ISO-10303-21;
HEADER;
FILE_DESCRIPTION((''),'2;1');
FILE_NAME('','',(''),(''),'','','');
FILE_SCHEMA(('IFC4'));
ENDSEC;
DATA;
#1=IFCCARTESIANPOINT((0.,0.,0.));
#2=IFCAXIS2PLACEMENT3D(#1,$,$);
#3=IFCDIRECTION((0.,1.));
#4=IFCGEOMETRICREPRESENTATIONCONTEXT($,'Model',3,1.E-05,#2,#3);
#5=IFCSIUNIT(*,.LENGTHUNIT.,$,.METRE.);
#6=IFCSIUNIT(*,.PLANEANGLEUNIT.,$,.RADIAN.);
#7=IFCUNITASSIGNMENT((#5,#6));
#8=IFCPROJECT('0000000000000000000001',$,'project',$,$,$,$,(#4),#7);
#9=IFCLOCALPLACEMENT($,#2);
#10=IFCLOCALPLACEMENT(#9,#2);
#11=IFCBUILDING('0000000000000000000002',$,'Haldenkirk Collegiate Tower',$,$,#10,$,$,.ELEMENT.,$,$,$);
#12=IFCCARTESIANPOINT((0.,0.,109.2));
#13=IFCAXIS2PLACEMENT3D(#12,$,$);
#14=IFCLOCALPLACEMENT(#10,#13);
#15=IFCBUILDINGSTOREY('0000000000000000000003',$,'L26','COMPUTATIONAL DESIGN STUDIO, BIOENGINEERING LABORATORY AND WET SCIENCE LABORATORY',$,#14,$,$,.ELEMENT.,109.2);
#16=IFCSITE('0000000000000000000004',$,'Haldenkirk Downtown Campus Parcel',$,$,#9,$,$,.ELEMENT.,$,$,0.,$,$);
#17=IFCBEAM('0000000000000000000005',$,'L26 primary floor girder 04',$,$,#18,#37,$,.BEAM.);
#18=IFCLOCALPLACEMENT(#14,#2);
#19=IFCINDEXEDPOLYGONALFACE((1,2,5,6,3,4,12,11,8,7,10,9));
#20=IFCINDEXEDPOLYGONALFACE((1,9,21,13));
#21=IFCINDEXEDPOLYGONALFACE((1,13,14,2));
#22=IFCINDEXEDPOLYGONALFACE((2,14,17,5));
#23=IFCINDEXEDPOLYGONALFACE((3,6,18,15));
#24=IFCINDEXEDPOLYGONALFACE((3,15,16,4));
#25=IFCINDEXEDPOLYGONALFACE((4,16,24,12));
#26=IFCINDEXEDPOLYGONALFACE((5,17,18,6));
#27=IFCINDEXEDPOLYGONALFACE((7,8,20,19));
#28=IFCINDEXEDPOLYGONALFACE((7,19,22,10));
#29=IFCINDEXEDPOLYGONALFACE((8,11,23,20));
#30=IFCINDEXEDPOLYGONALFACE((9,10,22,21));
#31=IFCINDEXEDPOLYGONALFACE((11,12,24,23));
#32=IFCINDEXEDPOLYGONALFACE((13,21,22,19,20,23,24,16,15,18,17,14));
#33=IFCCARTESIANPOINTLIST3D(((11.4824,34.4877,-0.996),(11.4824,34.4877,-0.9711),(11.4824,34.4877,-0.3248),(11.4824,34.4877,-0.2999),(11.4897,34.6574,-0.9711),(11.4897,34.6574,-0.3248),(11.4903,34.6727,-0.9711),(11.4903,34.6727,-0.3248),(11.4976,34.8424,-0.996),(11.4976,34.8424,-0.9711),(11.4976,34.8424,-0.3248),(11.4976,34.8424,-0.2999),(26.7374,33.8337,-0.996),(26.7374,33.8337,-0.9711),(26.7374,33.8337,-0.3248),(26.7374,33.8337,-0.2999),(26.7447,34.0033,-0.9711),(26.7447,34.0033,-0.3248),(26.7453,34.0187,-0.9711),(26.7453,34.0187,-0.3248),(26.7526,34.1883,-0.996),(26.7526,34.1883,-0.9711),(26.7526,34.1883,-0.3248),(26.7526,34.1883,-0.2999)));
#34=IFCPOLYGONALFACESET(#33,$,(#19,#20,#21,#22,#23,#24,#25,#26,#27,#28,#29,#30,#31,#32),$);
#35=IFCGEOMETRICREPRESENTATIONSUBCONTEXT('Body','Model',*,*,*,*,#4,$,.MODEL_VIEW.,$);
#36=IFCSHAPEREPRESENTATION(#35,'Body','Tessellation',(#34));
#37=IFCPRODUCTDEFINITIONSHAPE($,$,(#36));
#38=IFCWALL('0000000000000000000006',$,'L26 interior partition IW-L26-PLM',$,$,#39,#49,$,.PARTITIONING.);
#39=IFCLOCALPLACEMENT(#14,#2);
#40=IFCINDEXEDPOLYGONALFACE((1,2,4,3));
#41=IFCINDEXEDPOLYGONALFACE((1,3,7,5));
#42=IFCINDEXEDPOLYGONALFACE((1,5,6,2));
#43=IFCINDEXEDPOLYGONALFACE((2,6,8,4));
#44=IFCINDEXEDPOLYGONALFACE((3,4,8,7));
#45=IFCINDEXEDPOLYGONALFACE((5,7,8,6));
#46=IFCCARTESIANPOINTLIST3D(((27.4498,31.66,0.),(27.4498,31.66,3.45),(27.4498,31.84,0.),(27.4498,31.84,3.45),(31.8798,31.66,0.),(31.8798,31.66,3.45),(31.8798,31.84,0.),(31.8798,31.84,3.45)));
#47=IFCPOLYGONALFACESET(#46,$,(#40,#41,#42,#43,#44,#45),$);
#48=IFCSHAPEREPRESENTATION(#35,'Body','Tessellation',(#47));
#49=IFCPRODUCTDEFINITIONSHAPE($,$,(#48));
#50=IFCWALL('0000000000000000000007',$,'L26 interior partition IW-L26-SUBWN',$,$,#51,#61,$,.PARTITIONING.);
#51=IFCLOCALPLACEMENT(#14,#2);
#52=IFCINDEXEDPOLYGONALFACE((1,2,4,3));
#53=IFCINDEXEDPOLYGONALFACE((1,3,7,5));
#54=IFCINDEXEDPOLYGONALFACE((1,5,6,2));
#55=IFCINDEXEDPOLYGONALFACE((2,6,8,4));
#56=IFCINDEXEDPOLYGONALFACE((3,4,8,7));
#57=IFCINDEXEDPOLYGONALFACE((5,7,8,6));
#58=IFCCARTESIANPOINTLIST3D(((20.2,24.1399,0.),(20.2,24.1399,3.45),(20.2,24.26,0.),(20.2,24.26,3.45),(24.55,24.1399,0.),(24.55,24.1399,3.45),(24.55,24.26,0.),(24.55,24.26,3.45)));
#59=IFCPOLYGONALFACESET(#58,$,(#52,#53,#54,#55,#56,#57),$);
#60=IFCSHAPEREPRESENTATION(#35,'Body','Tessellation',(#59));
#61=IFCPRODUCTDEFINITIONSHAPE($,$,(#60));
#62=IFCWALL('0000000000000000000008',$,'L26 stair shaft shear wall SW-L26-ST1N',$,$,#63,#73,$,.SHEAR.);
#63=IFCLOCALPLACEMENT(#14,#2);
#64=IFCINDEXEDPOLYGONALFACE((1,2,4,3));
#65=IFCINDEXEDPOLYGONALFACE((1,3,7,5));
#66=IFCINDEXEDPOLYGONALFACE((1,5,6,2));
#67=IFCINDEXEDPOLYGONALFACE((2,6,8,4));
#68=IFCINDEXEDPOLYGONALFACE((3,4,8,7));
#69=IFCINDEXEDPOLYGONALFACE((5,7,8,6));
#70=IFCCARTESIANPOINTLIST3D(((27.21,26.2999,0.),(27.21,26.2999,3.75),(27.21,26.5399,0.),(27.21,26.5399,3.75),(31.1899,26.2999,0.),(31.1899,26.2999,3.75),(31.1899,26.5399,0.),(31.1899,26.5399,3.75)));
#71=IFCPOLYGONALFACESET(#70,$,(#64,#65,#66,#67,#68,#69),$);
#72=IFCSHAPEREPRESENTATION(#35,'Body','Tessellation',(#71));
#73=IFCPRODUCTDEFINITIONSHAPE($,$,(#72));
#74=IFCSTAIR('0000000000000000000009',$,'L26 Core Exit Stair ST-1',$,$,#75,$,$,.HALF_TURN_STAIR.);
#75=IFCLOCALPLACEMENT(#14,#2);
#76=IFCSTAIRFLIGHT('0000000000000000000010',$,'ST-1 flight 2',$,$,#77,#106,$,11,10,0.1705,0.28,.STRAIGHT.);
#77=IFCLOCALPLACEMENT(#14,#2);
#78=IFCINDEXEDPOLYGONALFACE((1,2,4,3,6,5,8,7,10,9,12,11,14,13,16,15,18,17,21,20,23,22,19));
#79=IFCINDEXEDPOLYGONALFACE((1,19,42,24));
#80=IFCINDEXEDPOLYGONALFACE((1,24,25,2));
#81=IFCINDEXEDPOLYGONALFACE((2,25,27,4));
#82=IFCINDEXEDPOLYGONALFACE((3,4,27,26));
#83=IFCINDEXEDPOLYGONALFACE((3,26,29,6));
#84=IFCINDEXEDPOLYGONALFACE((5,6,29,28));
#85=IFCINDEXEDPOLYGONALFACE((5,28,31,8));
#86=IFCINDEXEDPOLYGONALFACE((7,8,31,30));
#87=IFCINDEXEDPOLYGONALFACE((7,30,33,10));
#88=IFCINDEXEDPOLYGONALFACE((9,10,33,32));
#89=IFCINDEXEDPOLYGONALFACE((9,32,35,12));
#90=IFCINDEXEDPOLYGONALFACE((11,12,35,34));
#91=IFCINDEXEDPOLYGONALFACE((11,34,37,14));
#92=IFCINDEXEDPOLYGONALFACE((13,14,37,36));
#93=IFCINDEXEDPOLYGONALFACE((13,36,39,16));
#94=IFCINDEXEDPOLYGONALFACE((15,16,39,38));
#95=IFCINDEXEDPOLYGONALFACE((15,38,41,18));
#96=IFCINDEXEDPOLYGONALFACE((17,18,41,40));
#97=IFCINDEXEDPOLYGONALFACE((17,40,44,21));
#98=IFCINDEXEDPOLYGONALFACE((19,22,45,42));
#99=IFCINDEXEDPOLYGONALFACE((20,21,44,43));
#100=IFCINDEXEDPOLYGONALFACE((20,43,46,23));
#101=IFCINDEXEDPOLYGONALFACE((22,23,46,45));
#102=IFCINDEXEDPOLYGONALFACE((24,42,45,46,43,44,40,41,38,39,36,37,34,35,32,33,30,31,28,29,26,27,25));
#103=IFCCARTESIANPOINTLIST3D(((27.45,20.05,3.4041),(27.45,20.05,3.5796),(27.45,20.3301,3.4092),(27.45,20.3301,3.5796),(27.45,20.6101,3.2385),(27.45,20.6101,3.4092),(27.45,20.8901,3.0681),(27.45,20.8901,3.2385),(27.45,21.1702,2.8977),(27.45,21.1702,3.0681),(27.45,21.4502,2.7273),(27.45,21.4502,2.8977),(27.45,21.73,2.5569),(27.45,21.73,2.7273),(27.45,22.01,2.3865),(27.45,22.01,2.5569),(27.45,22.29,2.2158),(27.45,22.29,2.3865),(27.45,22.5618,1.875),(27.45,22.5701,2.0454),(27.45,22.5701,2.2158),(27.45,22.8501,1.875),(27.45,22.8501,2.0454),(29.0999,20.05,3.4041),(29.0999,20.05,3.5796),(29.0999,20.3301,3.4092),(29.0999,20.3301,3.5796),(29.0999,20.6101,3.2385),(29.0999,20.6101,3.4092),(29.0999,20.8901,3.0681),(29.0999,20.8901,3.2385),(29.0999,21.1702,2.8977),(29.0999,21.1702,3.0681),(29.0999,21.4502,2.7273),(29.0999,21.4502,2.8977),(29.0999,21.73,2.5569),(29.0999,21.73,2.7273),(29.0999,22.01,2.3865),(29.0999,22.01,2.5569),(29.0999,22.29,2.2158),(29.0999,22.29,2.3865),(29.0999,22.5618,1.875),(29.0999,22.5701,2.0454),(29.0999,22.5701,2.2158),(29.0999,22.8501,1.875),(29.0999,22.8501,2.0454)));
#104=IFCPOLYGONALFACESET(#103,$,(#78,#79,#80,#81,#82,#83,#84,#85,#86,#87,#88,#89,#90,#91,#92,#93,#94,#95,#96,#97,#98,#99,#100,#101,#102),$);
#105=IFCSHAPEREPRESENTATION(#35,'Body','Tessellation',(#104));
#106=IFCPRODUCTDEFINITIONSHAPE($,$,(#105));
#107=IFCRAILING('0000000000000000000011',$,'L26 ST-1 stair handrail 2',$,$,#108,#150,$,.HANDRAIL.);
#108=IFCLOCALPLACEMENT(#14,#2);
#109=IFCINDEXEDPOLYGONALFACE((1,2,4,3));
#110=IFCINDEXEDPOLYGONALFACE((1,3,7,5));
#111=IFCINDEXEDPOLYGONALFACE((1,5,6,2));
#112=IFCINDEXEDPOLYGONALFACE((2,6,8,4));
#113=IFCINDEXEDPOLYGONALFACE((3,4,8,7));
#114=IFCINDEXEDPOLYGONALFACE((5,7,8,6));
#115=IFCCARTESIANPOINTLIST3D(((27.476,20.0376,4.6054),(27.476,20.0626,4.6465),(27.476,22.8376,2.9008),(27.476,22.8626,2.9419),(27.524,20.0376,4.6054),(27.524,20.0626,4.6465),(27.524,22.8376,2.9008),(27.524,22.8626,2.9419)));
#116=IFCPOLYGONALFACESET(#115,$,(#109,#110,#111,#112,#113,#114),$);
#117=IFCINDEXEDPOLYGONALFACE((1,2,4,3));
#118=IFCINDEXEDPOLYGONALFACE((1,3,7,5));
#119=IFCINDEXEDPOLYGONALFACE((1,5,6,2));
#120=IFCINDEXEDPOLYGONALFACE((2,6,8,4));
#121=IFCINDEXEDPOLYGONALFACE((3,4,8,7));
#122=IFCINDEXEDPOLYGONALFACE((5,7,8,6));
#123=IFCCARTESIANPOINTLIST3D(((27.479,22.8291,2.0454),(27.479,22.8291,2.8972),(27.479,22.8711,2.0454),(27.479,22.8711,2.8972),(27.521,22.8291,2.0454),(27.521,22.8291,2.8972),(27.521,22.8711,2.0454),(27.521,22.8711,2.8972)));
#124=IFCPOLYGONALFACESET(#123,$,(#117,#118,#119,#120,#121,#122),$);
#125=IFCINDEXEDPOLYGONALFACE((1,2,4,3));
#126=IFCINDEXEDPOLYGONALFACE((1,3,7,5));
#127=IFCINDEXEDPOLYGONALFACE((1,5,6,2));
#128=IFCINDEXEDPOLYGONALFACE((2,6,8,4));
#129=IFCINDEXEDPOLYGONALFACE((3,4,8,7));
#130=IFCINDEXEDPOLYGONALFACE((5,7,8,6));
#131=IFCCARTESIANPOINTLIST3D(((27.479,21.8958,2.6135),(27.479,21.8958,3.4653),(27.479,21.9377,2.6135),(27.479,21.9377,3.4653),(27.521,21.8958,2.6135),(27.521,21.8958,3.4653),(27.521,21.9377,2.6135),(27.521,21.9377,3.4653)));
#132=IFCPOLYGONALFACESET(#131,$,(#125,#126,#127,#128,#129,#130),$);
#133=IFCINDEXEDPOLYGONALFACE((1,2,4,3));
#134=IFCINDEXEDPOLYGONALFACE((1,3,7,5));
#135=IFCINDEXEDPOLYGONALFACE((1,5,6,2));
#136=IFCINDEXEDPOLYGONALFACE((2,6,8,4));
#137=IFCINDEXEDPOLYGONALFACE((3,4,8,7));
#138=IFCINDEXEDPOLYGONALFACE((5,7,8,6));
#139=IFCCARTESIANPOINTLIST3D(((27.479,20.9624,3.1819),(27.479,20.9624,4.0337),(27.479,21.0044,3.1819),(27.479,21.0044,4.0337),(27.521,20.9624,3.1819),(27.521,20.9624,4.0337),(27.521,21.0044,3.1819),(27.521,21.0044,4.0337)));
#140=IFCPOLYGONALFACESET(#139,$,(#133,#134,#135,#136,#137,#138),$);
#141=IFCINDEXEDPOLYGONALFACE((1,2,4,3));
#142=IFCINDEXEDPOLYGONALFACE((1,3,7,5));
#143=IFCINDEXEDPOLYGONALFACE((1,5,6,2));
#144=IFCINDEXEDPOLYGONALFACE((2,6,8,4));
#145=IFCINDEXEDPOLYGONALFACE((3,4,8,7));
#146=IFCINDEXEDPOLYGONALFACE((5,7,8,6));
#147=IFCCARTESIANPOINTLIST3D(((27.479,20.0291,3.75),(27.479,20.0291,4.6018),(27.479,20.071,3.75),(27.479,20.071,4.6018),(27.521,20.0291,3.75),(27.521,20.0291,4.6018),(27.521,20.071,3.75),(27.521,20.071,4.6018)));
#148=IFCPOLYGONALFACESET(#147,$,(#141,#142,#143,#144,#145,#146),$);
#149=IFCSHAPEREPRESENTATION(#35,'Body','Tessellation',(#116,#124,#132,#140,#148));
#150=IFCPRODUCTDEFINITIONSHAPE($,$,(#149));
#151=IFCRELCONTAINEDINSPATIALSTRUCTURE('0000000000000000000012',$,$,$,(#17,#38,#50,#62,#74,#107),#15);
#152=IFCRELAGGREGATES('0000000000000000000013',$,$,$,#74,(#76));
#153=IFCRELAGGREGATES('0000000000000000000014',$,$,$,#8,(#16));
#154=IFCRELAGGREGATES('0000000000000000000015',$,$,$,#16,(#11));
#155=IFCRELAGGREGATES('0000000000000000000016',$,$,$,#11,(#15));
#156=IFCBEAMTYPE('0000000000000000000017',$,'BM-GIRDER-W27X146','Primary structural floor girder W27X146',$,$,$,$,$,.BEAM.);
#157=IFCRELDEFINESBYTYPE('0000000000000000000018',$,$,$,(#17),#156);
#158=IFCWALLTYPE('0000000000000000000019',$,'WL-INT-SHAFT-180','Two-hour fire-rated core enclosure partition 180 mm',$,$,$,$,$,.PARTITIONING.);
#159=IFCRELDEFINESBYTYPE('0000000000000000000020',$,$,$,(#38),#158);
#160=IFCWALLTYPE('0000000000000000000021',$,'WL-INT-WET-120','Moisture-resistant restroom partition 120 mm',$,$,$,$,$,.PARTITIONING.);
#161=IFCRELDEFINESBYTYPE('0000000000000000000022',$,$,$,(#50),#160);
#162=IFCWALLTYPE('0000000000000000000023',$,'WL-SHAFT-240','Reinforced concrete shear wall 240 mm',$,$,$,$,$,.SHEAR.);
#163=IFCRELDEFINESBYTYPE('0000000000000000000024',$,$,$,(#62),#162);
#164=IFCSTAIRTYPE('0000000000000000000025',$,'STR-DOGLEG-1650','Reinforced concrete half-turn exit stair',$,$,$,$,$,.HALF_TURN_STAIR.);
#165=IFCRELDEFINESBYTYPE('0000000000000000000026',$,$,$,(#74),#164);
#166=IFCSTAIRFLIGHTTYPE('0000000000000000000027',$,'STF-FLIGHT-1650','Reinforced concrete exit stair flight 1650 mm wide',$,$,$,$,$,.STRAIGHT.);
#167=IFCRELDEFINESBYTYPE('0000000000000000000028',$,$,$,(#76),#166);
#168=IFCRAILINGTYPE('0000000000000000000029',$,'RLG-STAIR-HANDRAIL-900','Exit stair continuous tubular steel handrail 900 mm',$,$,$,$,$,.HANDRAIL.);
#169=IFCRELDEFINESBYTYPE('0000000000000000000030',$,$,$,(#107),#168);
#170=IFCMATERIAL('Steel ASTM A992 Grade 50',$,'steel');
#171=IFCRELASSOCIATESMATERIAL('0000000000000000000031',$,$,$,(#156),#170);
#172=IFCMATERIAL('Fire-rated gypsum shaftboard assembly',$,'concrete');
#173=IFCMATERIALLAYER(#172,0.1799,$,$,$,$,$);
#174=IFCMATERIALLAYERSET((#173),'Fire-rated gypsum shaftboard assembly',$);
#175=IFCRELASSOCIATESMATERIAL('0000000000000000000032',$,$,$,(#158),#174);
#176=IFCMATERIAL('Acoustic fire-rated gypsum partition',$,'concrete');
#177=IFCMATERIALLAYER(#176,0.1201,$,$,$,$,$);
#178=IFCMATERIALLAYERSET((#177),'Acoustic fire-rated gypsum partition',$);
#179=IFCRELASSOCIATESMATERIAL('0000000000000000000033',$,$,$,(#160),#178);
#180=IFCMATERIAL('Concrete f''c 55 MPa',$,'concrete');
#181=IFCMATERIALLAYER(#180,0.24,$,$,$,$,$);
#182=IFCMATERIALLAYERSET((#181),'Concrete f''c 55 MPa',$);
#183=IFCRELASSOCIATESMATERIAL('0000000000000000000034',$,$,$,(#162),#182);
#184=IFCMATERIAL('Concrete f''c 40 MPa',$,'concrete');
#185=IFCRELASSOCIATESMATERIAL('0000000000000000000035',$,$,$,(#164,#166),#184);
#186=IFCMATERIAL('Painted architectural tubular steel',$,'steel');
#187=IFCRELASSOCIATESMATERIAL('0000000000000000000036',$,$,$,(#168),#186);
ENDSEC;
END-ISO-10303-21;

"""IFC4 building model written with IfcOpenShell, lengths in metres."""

from ifc_helpers import new_model, si_unit, direction, frame, frame_2d, origin, origin_2d, place, context, subcontext, project, spatial, polyline, rectangle, i_section, outline, extrude, material, layer, layer_set, material_profile, profile_set, type_object, element, aggregate, save


model = new_model("IFC4")

# Units and contexts
model_context = context("Model", 3, precision=1e-05, world=origin(), true_north=direction((0.0, 1.0)))
body_context = subcontext(model_context, "Body", "Model", "MODEL_VIEW")
ifc_project = project(units=[si_unit("LENGTHUNIT", "METRE"), si_unit("PLANEANGLEUNIT", "RADIAN")], contexts=[model_context])

# Site, building, storey
site_placement = place(None, origin())
site = spatial("IfcSite", under=ifc_project, at=site_placement, Name="Haldenkirk Downtown Campus Parcel", CompositionType="ELEMENT", RefElevation=0.0)
building_placement = place(site_placement, origin())
building = spatial("IfcBuilding", under=site, at=building_placement, Name="Haldenkirk Collegiate Tower", CompositionType="ELEMENT")
storey_placement = place(building_placement, frame((0.0, 0.0, 109.2)))
storey = spatial("IfcBuildingStorey", under=building, at=storey_placement, Name="L26", Description="COMPUTATIONAL DESIGN STUDIO, BIOENGINEERING LABORATORY AND WET SCIENCE LABORATORY", CompositionType="ELEMENT", Elevation=109.2)

# Beam
ifc_material_1 = material(Name="Steel ASTM A992 Grade 50", Category="steel")
ifc_material_profile = material_profile(ifc_material_1, i_section(OverallWidth=0.355, OverallDepth=0.696, WebThickness=0.0154, FlangeThickness=0.0249, at=origin_2d()), Name="W27X146")
ifc_profile_set = profile_set([ifc_material_profile], Name="Steel ASTM A992 Grade 50")
beam_type = type_object("IfcBeamType", Name="BM-GIRDER-W27X146", Description="Primary structural floor girder W27X146", PredefinedType="BEAM", material=ifc_profile_set)
beam_placement = place(storey_placement, frame((11.49, 34.665, -0.6479), z_axis=(0.999082, -0.042835, 0.0), x_axis=(0.042835, 0.999082, 0.0)))
element("IfcBeam", 1, at=beam_placement, inside=storey, type_object=beam_type, Name="L26 primary floor girder 04", PredefinedType="BEAM", context=body_context, shape_type="SweptSolid", body=[
    extrude(i_section(OverallWidth=0.355, OverallDepth=0.696, WebThickness=0.0154, FlangeThickness=0.0249, at=origin_2d()), origin(), (0.0, 0.0, 1.0), 15.269),
])

# Shared definitions
ifc_material_2 = material(Name="Acoustic fire-rated gypsum partition", Category="concrete")
ifc_material_3 = material(Name="Fire-rated gypsum shaftboard assembly", Category="concrete")
ifc_layer_1 = layer(ifc_material_3, 0.1799)
ifc_layer_set_1 = layer_set([ifc_layer_1], Name="Fire-rated gypsum shaftboard assembly")
wall_type_1 = type_object("IfcWallType", Name="WL-INT-SHAFT-180", Description="Two-hour fire-rated core enclosure partition 180 mm", PredefinedType="PARTITIONING", material=ifc_layer_set_1)

# Walls
wall_1_placement = place(storey_placement, frame((27.45, 31.75, 0.0), z_axis=(0.0, 0.0, 1.0), x_axis=(1.0, 0.0, 0.0)))
element("IfcWall", 2, at=wall_1_placement, inside=storey, type_object=wall_type_1, Name="L26 interior partition IW-L26-PLM", PredefinedType="PARTITIONING", context=body_context, shape_type="SweptSolid", body=[
    extrude(rectangle(XDim=4.4299, YDim=0.1799, at=frame_2d((2.2148, 0.0))), origin(), (0.0, 0.0, 1.0), 3.45),
])
ifc_layer_2 = layer(ifc_material_2, 0.1201)
ifc_layer_set_2 = layer_set([ifc_layer_2], Name="Acoustic fire-rated gypsum partition")
wall_type_2 = type_object("IfcWallType", Name="WL-INT-WET-120", Description="Moisture-resistant restroom partition 120 mm", PredefinedType="PARTITIONING", material=ifc_layer_set_2)
wall_2_placement = place(storey_placement, frame((20.2, 24.2, 0.0), z_axis=(0.0, 0.0, 1.0), x_axis=(1.0, 0.0, 0.0)))
element("IfcWall", 3, at=wall_2_placement, inside=storey, type_object=wall_type_2, Name="L26 interior partition IW-L26-SUBWN", PredefinedType="PARTITIONING", context=body_context, shape_type="SweptSolid", body=[
    extrude(rectangle(XDim=4.3501, YDim=0.1201, at=frame_2d((2.175, 0.0))), origin(), (0.0, 0.0, 1.0), 3.45),
])
ifc_material_4 = material(Name="Concrete f'c 55 MPa", Category="concrete")
ifc_layer_3 = layer(ifc_material_4, 0.24)
ifc_layer_set_3 = layer_set([ifc_layer_3], Name="Concrete f'c 55 MPa")
wall_type_3 = type_object("IfcWallType", Name="WL-SHAFT-240", Description="Reinforced concrete shear wall 240 mm", PredefinedType="SHEAR", material=ifc_layer_set_3)
wall_3_placement = place(storey_placement, frame((27.21, 26.4199, 0.0), z_axis=(0.0, 0.0, 1.0), x_axis=(1.0, 0.0, 0.0)))
element("IfcWall", 4, at=wall_3_placement, inside=storey, type_object=wall_type_3, Name="L26 stair shaft shear wall SW-L26-ST1N", PredefinedType="SHEAR", context=body_context, shape_type="SweptSolid", body=[
    extrude(rectangle(XDim=3.98, YDim=0.24, at=frame_2d((1.99, 0.0))), origin(), (0.0, 0.0, 1.0), 3.75),
])

# Stair, stair flight
ifc_material_5 = material(Name="Concrete f'c 40 MPa", Category="concrete")
stair_type = type_object("IfcStairType", Name="STR-DOGLEG-1650", Description="Reinforced concrete half-turn exit stair", PredefinedType="HALF_TURN_STAIR", material=ifc_material_5)
stair_placement = place(storey_placement, origin())
stair = element("IfcStair", 5, at=stair_placement, inside=storey, type_object=stair_type, Name="L26 Core Exit Stair ST-1", PredefinedType="HALF_TURN_STAIR")
stair_flight_type = type_object("IfcStairFlightType", Name="STF-FLIGHT-1650", Description="Reinforced concrete exit stair flight 1650 mm wide", PredefinedType="STRAIGHT", material=ifc_material_5)
stair_flight_placement = place(storey_placement, frame((28.2749, 22.8501, 1.875), z_axis=(0.0, 0.0, 1.0), x_axis=(0.0, -1.0, 0.0)))
stair_flight = element("IfcStairFlight", 6, at=stair_flight_placement, type_object=stair_flight_type, Name="ST-1 flight 2", NumberOfRisers=11, NumberOfTreads=10, PredefinedType="STRAIGHT", RiserHeight=0.1705, TreadLength=0.28, context=body_context, shape_type="SweptSolid", body=[
    extrude(outline(polyline([(0.0, 0.0), (0.0, 0.1704), (0.28, 0.1704), (0.28, 0.3408), (0.5601, 0.3408), (0.5601, 0.5115), (0.8401, 0.5115), (0.8401, 0.6819), (1.1201, 0.6819), (1.1201, 0.8523), (1.3999, 0.8523), (1.3999, 1.0227), (1.6799, 1.0227), (1.6799, 1.1931), (1.96, 1.1931), (1.96, 1.3635), (2.24, 1.3635), (2.24, 1.5342), (2.52, 1.5342), (2.52, 1.7046), (2.8, 1.7046), (2.8, 1.875), (2.8, 1.5291), (0.2883, 0.0), (0.0, 0.0)])), frame((0.0, 0.825, 0.0), z_axis=(0.0, -1.0, 0.0), x_axis=(1.0, 0.0, 0.0)), (0.0, 0.0, 1.0), 1.6499),
])
aggregate(stair, [stair_flight])

# Railing
ifc_material_6 = material(Name="Painted architectural tubular steel", Category="steel")
railing_type = type_object("IfcRailingType", Name="RLG-STAIR-HANDRAIL-900", Description="Exit stair continuous tubular steel handrail 900 mm", PredefinedType="HANDRAIL", material=ifc_material_6)
railing_placement = place(storey_placement, frame((27.5, 22.8501, 2.0454)))
element("IfcRailing", 7, at=railing_placement, inside=storey, type_object=railing_type, Name="L26 ST-1 stair handrail 2", PredefinedType="HANDRAIL", context=body_context, shape_type="SweptSolid", body=[
    extrude(rectangle(XDim=0.0481, YDim=0.0481, at=origin_2d()), frame((0.0, 0.0, 0.876), z_axis=(0.0, -0.85417, 0.519994), x_axis=(1.0, 0.0, 0.0)), (0.0, 0.0, 1.0), 3.2781),
    extrude(rectangle(XDim=0.042, YDim=0.042, at=origin_2d()), origin(), (0.0, 0.0, 1.0), 0.8518),
    extrude(rectangle(XDim=0.042, YDim=0.042, at=origin_2d()), frame((0.0, -0.9333, 0.5681)), (0.0, 0.0, 1.0), 0.8518),
    extrude(rectangle(XDim=0.042, YDim=0.042, at=origin_2d()), frame((0.0, -1.8667, 1.1365)), (0.0, 0.0, 1.0), 0.8518),
    extrude(rectangle(XDim=0.042, YDim=0.042, at=origin_2d()), frame((0.0, -2.8, 1.7046)), (0.0, 0.0, 1.0), 0.8518),
])

save(model, "model.ifc")
